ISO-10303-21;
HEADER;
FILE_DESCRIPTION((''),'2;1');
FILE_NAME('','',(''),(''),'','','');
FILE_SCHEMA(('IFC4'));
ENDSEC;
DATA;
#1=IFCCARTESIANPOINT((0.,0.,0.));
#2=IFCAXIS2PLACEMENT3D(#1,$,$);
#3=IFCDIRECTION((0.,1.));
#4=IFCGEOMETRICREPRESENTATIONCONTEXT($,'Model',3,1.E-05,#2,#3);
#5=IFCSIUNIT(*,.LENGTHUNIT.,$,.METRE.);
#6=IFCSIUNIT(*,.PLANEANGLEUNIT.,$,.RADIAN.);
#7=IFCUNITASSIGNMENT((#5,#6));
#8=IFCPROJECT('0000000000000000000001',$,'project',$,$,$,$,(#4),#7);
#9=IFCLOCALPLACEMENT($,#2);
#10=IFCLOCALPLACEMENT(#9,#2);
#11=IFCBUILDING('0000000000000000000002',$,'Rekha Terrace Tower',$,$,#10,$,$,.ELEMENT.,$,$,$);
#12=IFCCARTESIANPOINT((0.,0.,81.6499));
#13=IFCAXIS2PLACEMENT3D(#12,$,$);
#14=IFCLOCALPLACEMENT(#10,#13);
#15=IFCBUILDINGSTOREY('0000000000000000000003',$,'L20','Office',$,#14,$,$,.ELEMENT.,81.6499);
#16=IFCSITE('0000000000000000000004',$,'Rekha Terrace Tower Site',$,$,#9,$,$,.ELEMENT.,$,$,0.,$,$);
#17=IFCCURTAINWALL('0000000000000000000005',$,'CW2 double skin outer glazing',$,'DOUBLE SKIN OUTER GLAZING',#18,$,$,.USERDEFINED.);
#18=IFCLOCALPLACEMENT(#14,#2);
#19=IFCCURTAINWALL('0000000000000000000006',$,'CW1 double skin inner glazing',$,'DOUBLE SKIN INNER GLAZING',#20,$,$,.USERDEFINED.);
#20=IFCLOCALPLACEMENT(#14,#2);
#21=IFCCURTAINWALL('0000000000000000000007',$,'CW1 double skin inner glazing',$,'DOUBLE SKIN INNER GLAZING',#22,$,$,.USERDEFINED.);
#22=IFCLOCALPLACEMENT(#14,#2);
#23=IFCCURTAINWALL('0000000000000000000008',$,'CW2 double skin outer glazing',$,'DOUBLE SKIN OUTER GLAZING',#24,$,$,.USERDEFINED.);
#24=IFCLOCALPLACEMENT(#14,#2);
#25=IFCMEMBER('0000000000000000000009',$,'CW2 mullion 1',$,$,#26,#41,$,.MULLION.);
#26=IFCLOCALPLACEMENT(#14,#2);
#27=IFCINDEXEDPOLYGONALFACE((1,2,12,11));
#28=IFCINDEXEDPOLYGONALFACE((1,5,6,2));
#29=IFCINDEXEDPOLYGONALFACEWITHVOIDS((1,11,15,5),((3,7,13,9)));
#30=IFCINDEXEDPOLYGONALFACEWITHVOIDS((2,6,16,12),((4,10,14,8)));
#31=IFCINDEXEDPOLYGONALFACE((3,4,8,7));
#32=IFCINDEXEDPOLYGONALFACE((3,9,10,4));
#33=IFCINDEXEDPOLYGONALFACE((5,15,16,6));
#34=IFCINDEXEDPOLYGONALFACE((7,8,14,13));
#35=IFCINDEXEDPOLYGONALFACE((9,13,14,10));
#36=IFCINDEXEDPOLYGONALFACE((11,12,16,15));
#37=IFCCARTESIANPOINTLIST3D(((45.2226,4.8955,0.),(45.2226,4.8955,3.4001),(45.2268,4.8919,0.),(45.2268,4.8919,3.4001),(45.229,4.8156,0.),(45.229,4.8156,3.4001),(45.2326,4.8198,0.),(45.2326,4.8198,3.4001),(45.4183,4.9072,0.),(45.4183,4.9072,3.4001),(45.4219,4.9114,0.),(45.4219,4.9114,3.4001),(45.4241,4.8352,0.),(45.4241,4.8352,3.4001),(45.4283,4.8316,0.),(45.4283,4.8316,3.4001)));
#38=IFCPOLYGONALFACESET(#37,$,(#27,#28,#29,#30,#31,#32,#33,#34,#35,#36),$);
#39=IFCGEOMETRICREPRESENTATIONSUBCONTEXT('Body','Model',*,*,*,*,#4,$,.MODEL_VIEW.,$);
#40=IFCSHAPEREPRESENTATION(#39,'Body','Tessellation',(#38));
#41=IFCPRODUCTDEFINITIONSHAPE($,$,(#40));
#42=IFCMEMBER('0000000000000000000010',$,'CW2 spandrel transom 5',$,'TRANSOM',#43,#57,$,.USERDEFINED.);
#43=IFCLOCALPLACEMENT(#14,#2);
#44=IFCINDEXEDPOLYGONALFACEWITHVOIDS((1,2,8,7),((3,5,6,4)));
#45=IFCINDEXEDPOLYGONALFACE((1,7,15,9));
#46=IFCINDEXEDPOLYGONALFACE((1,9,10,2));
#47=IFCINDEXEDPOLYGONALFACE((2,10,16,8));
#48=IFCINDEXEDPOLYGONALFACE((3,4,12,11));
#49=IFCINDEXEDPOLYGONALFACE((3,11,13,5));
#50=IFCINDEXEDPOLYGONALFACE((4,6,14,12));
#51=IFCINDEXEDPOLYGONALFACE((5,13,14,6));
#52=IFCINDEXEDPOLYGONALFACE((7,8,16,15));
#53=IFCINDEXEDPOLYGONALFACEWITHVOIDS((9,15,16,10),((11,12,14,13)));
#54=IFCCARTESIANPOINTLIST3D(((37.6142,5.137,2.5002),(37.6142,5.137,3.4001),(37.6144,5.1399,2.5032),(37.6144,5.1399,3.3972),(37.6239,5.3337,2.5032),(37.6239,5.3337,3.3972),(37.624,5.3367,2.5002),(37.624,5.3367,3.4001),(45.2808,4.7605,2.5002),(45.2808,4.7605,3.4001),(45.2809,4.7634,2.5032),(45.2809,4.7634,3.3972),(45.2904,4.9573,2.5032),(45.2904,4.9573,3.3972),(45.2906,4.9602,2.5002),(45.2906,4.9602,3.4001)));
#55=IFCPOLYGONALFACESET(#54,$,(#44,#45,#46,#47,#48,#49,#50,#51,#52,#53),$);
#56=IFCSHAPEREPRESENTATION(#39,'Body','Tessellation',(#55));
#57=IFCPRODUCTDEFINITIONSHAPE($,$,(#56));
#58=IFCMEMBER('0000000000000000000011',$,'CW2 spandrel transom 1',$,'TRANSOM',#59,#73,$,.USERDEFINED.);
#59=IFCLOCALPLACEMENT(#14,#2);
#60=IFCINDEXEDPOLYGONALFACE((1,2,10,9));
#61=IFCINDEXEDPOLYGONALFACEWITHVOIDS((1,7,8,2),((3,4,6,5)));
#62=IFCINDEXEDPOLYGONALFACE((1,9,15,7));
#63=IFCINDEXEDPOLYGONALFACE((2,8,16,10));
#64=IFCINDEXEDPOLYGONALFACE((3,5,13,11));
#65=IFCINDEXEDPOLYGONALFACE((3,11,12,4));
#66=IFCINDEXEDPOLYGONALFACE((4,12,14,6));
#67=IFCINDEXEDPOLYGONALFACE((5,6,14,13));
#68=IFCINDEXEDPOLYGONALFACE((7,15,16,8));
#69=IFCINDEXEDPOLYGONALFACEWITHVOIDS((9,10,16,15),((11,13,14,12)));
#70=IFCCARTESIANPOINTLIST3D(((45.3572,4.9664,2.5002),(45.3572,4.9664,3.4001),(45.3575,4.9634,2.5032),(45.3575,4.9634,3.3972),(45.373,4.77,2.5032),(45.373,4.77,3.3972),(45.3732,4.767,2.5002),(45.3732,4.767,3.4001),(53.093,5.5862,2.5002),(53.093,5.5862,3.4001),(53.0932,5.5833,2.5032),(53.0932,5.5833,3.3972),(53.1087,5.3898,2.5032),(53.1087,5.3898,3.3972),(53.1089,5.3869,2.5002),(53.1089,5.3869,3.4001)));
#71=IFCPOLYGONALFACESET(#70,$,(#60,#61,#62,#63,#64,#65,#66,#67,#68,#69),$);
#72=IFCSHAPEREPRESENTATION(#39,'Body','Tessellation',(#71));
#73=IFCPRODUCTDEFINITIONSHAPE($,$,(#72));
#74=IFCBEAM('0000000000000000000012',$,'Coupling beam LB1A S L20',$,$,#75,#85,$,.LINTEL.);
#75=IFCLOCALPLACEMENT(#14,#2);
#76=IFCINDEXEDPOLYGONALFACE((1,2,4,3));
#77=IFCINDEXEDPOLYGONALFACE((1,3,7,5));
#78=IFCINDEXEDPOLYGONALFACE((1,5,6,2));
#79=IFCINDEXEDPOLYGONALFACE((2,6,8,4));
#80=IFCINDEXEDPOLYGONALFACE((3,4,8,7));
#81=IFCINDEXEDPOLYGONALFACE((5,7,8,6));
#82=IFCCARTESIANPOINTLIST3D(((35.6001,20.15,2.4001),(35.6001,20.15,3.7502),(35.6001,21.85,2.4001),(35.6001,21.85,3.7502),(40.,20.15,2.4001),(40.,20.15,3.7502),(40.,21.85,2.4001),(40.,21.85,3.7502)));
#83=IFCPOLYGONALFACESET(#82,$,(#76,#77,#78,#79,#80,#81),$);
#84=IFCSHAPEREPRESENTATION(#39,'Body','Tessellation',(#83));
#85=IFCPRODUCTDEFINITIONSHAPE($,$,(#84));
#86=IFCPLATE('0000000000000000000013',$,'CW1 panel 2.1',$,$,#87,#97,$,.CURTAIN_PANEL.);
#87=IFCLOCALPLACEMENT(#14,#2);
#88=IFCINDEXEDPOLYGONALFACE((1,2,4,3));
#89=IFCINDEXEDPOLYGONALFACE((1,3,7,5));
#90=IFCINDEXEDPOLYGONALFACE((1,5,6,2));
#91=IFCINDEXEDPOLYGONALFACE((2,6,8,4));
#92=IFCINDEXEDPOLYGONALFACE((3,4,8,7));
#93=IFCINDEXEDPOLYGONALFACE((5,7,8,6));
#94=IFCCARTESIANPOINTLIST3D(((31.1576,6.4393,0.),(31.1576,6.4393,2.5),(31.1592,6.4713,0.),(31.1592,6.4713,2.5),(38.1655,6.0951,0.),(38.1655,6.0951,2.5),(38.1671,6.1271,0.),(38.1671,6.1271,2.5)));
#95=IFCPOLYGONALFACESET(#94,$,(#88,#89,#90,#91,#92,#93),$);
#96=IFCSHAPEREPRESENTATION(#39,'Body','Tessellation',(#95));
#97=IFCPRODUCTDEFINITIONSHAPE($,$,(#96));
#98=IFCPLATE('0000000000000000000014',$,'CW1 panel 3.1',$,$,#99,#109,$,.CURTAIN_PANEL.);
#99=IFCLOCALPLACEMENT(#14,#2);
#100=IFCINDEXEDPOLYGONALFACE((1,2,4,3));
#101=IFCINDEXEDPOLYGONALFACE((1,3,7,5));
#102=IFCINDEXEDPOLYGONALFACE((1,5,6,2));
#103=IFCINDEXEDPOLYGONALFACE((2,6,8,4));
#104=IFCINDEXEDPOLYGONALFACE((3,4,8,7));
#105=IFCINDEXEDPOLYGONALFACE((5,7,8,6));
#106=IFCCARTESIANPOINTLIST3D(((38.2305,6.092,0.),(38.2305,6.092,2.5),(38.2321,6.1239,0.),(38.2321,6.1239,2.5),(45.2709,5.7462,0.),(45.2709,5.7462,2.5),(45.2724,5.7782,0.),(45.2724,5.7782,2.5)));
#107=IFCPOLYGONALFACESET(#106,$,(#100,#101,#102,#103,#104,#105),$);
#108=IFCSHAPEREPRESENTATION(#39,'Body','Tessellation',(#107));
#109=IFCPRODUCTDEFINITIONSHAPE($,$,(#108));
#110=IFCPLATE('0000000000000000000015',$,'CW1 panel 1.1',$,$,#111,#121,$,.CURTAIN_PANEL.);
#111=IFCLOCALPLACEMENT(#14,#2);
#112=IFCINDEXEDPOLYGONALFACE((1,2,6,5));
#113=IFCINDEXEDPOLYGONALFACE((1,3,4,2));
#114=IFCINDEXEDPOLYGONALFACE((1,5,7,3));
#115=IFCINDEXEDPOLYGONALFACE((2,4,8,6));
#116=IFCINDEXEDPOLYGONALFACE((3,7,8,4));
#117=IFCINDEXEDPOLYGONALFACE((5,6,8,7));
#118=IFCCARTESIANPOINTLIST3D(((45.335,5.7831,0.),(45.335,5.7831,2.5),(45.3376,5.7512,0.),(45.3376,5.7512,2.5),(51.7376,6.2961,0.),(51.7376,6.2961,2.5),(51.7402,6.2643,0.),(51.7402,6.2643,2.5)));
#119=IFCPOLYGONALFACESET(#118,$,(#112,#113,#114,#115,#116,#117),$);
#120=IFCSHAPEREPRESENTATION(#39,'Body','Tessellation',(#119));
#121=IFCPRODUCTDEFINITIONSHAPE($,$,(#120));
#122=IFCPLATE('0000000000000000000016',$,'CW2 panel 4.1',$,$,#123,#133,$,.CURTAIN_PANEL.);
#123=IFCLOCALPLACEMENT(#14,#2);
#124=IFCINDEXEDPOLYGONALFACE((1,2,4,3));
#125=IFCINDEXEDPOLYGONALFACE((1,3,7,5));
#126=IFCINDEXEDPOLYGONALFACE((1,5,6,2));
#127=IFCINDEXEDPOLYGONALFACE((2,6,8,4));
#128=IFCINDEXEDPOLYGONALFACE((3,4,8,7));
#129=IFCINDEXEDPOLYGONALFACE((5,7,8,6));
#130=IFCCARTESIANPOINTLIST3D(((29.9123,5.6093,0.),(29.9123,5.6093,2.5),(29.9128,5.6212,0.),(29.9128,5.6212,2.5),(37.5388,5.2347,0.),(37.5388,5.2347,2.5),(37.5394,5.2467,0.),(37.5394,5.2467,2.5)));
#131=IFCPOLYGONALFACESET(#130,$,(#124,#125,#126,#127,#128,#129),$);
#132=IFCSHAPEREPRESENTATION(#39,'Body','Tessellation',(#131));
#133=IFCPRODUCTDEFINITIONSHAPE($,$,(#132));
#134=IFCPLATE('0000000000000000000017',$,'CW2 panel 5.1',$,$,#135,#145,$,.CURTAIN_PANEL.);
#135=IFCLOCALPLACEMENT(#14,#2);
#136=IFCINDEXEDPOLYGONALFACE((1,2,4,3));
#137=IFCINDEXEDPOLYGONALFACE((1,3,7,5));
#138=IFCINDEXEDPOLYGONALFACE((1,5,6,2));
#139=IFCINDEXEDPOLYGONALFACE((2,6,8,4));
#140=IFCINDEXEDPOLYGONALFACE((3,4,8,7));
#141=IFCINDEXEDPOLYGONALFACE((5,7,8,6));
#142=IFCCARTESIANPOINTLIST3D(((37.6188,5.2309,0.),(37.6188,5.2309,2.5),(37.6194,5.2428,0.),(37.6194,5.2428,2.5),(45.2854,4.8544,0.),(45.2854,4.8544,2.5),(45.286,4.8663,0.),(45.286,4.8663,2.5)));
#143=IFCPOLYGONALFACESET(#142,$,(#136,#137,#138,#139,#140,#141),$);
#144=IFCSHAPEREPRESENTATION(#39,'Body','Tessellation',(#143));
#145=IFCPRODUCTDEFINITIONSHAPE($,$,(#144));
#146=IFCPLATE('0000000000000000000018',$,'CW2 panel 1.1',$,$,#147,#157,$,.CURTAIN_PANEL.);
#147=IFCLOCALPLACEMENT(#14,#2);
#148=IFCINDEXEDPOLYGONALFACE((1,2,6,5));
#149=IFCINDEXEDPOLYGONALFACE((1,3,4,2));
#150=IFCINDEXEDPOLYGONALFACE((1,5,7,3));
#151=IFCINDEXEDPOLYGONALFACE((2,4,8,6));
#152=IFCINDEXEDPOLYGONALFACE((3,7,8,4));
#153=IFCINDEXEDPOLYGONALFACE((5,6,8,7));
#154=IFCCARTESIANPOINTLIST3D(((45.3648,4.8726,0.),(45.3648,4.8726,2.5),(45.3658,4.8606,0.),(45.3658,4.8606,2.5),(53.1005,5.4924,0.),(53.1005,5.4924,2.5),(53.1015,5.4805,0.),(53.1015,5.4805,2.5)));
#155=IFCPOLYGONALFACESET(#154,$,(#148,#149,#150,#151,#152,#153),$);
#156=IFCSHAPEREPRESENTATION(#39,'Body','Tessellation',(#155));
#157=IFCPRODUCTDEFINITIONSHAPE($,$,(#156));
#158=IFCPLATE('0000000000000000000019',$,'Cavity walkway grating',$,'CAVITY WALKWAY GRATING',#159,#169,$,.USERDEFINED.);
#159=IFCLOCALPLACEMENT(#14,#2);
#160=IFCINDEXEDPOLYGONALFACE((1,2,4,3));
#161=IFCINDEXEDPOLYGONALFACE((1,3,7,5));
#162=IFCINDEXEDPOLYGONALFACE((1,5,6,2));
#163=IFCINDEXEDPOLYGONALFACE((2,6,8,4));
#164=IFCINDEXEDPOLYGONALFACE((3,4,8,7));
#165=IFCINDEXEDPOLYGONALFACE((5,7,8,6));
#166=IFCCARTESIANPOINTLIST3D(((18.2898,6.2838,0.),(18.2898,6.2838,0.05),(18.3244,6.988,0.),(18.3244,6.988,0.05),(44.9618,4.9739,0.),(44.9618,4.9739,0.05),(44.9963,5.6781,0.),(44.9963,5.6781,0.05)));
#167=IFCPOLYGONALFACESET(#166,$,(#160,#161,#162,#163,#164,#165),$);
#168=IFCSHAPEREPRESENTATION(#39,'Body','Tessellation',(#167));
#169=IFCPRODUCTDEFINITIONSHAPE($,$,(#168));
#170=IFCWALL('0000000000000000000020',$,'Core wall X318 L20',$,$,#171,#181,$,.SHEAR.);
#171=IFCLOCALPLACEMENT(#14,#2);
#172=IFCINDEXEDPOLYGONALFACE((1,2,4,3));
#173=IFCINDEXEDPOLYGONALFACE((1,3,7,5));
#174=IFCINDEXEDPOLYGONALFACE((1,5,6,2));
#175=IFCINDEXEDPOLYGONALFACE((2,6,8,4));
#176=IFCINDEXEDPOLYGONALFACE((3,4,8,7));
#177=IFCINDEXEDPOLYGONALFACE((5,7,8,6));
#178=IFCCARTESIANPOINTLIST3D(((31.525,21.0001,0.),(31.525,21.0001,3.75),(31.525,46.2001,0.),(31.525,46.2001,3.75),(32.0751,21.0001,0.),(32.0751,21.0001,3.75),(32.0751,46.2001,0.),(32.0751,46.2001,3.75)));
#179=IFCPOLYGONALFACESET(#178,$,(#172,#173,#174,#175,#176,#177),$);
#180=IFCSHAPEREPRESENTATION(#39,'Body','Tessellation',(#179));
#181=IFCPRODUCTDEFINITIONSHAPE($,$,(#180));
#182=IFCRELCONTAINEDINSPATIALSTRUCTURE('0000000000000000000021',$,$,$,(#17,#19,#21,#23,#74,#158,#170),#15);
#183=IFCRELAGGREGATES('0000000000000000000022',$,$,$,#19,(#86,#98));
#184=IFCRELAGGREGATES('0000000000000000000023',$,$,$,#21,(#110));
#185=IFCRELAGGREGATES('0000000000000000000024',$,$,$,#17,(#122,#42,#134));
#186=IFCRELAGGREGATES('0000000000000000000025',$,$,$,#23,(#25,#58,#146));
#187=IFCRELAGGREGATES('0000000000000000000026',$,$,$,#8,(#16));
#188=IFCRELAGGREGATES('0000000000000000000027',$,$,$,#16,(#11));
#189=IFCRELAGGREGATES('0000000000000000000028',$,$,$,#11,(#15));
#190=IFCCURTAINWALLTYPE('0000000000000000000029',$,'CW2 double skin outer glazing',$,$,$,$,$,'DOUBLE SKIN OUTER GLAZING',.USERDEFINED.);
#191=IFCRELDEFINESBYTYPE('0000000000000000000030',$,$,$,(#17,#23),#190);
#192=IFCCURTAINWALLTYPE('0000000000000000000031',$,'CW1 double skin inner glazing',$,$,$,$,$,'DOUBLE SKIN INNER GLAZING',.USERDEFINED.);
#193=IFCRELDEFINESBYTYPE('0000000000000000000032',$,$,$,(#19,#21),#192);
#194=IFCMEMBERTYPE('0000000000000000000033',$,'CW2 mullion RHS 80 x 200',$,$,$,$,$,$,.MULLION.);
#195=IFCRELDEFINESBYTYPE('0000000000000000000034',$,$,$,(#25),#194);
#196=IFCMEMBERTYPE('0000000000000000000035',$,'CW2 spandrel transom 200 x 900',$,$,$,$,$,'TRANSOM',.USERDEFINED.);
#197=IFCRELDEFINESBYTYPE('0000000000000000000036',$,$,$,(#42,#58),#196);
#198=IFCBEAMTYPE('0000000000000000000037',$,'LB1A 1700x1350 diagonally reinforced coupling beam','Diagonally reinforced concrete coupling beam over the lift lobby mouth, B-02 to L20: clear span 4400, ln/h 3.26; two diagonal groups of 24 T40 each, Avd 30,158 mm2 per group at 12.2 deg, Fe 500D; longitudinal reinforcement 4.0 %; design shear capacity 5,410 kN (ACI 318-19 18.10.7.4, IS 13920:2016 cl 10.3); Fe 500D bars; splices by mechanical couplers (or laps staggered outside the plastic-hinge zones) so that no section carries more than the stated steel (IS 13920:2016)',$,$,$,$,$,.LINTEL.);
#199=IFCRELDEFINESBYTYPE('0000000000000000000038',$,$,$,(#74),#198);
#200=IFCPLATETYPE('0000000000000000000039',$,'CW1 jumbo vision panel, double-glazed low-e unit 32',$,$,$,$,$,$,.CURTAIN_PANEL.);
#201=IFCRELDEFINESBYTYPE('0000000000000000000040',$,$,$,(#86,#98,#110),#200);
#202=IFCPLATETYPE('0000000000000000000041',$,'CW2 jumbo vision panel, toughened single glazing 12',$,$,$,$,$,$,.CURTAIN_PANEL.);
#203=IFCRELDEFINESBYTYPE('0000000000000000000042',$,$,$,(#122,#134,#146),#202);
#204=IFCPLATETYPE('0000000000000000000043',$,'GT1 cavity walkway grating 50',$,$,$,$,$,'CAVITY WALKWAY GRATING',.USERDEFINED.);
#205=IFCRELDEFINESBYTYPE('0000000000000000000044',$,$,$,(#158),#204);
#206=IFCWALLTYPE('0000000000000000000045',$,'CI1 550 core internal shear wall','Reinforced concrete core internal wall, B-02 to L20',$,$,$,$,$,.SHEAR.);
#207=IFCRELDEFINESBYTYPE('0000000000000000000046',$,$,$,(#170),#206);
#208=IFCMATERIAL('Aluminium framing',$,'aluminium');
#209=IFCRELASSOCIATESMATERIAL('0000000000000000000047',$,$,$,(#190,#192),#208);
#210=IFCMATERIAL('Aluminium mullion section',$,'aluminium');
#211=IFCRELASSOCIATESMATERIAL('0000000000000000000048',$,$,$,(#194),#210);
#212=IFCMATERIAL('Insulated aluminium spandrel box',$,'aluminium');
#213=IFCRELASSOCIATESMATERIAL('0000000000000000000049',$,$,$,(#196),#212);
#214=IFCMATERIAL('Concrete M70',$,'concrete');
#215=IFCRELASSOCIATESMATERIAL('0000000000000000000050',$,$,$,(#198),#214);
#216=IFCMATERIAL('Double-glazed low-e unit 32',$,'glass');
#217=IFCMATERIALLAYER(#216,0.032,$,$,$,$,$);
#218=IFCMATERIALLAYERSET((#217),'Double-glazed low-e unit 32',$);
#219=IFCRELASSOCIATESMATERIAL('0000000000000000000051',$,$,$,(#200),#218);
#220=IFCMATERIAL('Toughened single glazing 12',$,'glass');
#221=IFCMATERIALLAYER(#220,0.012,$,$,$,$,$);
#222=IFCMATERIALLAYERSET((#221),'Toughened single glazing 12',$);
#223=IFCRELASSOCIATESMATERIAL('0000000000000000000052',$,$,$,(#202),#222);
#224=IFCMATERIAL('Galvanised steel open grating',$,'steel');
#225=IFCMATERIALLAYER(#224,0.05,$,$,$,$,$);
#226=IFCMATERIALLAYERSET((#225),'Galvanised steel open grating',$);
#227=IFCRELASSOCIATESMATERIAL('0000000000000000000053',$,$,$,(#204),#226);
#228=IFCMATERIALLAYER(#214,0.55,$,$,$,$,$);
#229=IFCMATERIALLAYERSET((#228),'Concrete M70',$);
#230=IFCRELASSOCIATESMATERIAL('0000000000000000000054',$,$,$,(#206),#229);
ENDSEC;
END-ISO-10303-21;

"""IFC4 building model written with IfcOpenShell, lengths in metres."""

from ifc_helpers import new_model, si_unit, direction, frame, frame_2d, origin, origin_2d, place, context, subcontext, project, spatial, rectangle, hollow_rectangle, extrude, material, layer, layer_set, material_profile, profile_set, type_object, element, aggregate, save


model = new_model("IFC4")

# Units and contexts
model_context = context("Model", 3, precision=1e-05, world=origin(), true_north=direction((0.0, 1.0)))
body_context = subcontext(model_context, "Body", "Model", "MODEL_VIEW")
ifc_project = project(units=[si_unit("LENGTHUNIT", "METRE"), si_unit("PLANEANGLEUNIT", "RADIAN")], contexts=[model_context])

# Site, building, storey
site_placement = place(None, origin())
site = spatial("IfcSite", under=ifc_project, at=site_placement, Name="Rekha Terrace Tower Site", CompositionType="ELEMENT", RefElevation=0.0)
building_placement = place(site_placement, origin())
building = spatial("IfcBuilding", under=site, at=building_placement, Name="Rekha Terrace Tower", CompositionType="ELEMENT")
storey_placement = place(building_placement, frame((0.0, 0.0, 81.6499)))
storey = spatial("IfcBuildingStorey", under=building, at=storey_placement, Name="L20", Description="Office", CompositionType="ELEMENT", Elevation=81.6499)

# Shared definitions
ifc_material_1 = material(Name="Concrete M70", Category="concrete")

# Curtain walls
ifc_material_2 = material(Name="Aluminium framing", Category="aluminium")
curtain_wall_type_1 = type_object("IfcCurtainWallType", Name="CW2 double skin outer glazing", ElementType="DOUBLE SKIN OUTER GLAZING", PredefinedType="USERDEFINED", material=ifc_material_2)
curtain_wall_1_placement = place(storey_placement, origin())
curtain_wall_1 = element("IfcCurtainWall", 1, at=curtain_wall_1_placement, inside=storey, type_object=curtain_wall_type_1, Name="CW2 double skin outer glazing", ObjectType="DOUBLE SKIN OUTER GLAZING", PredefinedType="USERDEFINED")
curtain_wall_type_2 = type_object("IfcCurtainWallType", Name="CW1 double skin inner glazing", ElementType="DOUBLE SKIN INNER GLAZING", PredefinedType="USERDEFINED", material=ifc_material_2)
curtain_wall_2_placement = place(storey_placement, origin())
curtain_wall_2 = element("IfcCurtainWall", 2, at=curtain_wall_2_placement, inside=storey, type_object=curtain_wall_type_2, Name="CW1 double skin inner glazing", ObjectType="DOUBLE SKIN INNER GLAZING", PredefinedType="USERDEFINED")
ifc_material_3 = material(Name="Aluminium mullion section", Category="aluminium")
curtain_wall_3_placement = place(storey_placement, origin())
curtain_wall_3 = element("IfcCurtainWall", 3, at=curtain_wall_3_placement, inside=storey, type_object=curtain_wall_type_2, Name="CW1 double skin inner glazing", ObjectType="DOUBLE SKIN INNER GLAZING", PredefinedType="USERDEFINED")

# Shared definitions
ifc_material_4 = material(Name="Insulated aluminium spandrel box", Category="aluminium")
ifc_material_profile_1 = material_profile(ifc_material_3, hollow_rectangle(XDim=0.0801, YDim=0.2, WallThickness=0.0039, at=origin_2d()), Name="AL RHS 80x200")
ifc_profile_set_1 = profile_set([ifc_material_profile_1], Name="Aluminium mullion section")
member_type_1 = type_object("IfcMemberType", Name="CW2 mullion RHS 80 x 200", PredefinedType="MULLION", material=ifc_profile_set_1)

# Curtain wall, member
curtain_wall_4_placement = place(storey_placement, origin())
curtain_wall_4 = element("IfcCurtainWall", 4, at=curtain_wall_4_placement, inside=storey, type_object=curtain_wall_type_1, Name="CW2 double skin outer glazing", ObjectType="DOUBLE SKIN OUTER GLAZING", PredefinedType="USERDEFINED")
member_1_placement = place(storey_placement, frame((45.3254, 4.8635, 0.0), z_axis=(0.0, 0.0, 1.0), x_axis=(-0.079872, 0.996805, 0.0)))
member_1 = element("IfcMember", 5, at=member_1_placement, type_object=member_type_1, Name="CW2 mullion 1", PredefinedType="MULLION", context=body_context, shape_type="SweptSolid", body=[
    extrude(hollow_rectangle(XDim=0.0801, YDim=0.2, WallThickness=0.0039, at=origin_2d()), origin(), (0.0, 0.0, 1.0), 3.4001),
])

# Members
ifc_material_profile_2 = material_profile(ifc_material_4, hollow_rectangle(XDim=0.2, YDim=0.8999, WallThickness=0.0029, at=origin_2d()), Name="AL SPANDREL BOX 200x900")
ifc_profile_set_2 = profile_set([ifc_material_profile_2], Name="Insulated aluminium spandrel box")
member_type_2 = type_object("IfcMemberType", Name="CW2 spandrel transom 200 x 900", ElementType="TRANSOM", PredefinedType="USERDEFINED", material=ifc_profile_set_2)
member_2_placement = place(storey_placement, frame((37.6191, 5.2368, 2.9502), z_axis=(0.998797, -0.049046, 0.0), x_axis=(0.049046, 0.998797, 0.0)))
member_2 = element("IfcMember", 6, at=member_2_placement, type_object=member_type_2, Name="CW2 spandrel transom 5", ObjectType="TRANSOM", PredefinedType="USERDEFINED", context=body_context, shape_type="SweptSolid", body=[
    extrude(hollow_rectangle(XDim=0.2, YDim=0.8999, WallThickness=0.0029, at=origin_2d()), origin(), (0.0, 0.0, 1.0), 7.6758),
])
member_3_placement = place(storey_placement, frame((45.3652, 4.8667, 2.9502), z_axis=(0.996805, 0.079877, 0.0), x_axis=(-0.079877, 0.996805, 0.0)))
member_3 = element("IfcMember", 7, at=member_3_placement, type_object=member_type_2, Name="CW2 spandrel transom 1", ObjectType="TRANSOM", PredefinedType="USERDEFINED", context=body_context, shape_type="SweptSolid", body=[
    extrude(hollow_rectangle(XDim=0.2, YDim=0.8999, WallThickness=0.0029, at=origin_2d()), origin(), (0.0, 0.0, 1.0), 7.7605),
])

# Beam
ifc_material_profile_3 = material_profile(ifc_material_1, rectangle(XDim=1.7, YDim=1.3501, at=origin_2d()), Name="RC 1700x1350")
ifc_profile_set_3 = profile_set([ifc_material_profile_3], Name="Concrete M70")
beam_type = type_object("IfcBeamType", Name="LB1A 1700x1350 diagonally reinforced coupling beam", Description="Diagonally reinforced concrete coupling beam over the lift lobby mouth, B-02 to L20: clear span 4400, ln/h 3.26; two diagonal groups of 24 T40 each, Avd 30,158 mm2 per group at 12.2 deg, Fe 500D; longitudinal reinforcement 4.0 %; design shear capacity 5,410 kN (ACI 318-19 18.10.7.4, IS 13920:2016 cl 10.3); Fe 500D bars; splices by mechanical couplers (or laps staggered outside the plastic-hinge zones) so that no section carries more than the stated steel (IS 13920:2016)", PredefinedType="LINTEL", material=ifc_profile_set_3)
beam_placement = place(storey_placement, frame((35.6001, 21.0, 3.0752), z_axis=(1.0, 0.0, 0.0), x_axis=(0.0, 1.0, 0.0)))
element("IfcBeam", 8, at=beam_placement, inside=storey, type_object=beam_type, Name="Coupling beam LB1A S L20", PredefinedType="LINTEL", context=body_context, shape_type="SweptSolid", body=[
    extrude(rectangle(XDim=1.7, YDim=1.3501, at=origin_2d()), origin(), (0.0, 0.0, 1.0), 4.3999),
])

# Plates
ifc_material_5 = material(Name="Double-glazed low-e unit 32", Category="glass")
ifc_layer_1 = layer(ifc_material_5, 0.032)
ifc_layer_set_1 = layer_set([ifc_layer_1], Name="Double-glazed low-e unit 32")
plate_type_1 = type_object("IfcPlateType", Name="CW1 jumbo vision panel, double-glazed low-e unit 32", PredefinedType="CURTAIN_PANEL", material=ifc_layer_set_1)
plate_1_placement = place(storey_placement, frame((34.6624, 6.2832, 0.0), z_axis=(0.0, 0.0, 1.0), x_axis=(0.998796, -0.049052, 0.0)))
plate_1 = element("IfcPlate", 9, at=plate_1_placement, type_object=plate_type_1, Name="CW1 panel 2.1", PredefinedType="CURTAIN_PANEL", context=body_context, shape_type="SweptSolid", body=[
    extrude(rectangle(XDim=7.0164, YDim=0.032, at=origin_2d()), origin(), (0.0, 0.0, 1.0), 2.5),
])
plate_2_placement = place(storey_placement, frame((41.7515, 5.9351, 0.0), z_axis=(0.0, 0.0, 1.0), x_axis=(0.998796, -0.049052, 0.0)))
plate_2 = element("IfcPlate", 10, at=plate_2_placement, type_object=plate_type_1, Name="CW1 panel 3.1", PredefinedType="CURTAIN_PANEL", context=body_context, shape_type="SweptSolid", body=[
    extrude(rectangle(XDim=7.0488, YDim=0.032, at=origin_2d()), origin(), (0.0, 0.0, 1.0), 2.5),
])
aggregate(curtain_wall_2, [plate_1, plate_2])
plate_3_placement = place(storey_placement, frame((48.5376, 6.0237, 0.0), z_axis=(0.0, 0.0, 1.0), x_axis=(0.996805, 0.079872, 0.0)))
plate_3 = element("IfcPlate", 11, at=plate_3_placement, type_object=plate_type_1, Name="CW1 panel 1.1", PredefinedType="CURTAIN_PANEL", context=body_context, shape_type="SweptSolid", body=[
    extrude(rectangle(XDim=6.4231, YDim=0.032, at=origin_2d()), origin(), (0.0, 0.0, 1.0), 2.5),
])
aggregate(curtain_wall_3, [plate_3])
ifc_material_6 = material(Name="Toughened single glazing 12", Category="glass")
ifc_layer_2 = layer(ifc_material_6, 0.012)
ifc_layer_set_2 = layer_set([ifc_layer_2], Name="Toughened single glazing 12")
plate_type_2 = type_object("IfcPlateType", Name="CW2 jumbo vision panel, toughened single glazing 12", PredefinedType="CURTAIN_PANEL", material=ifc_layer_set_2)
plate_4_placement = place(storey_placement, frame((33.7258, 5.428, 0.0), z_axis=(0.0, 0.0, 1.0), x_axis=(0.998796, -0.049052, 0.0)))
plate_4 = element("IfcPlate", 12, at=plate_4_placement, type_object=plate_type_2, Name="CW2 panel 4.1", PredefinedType="CURTAIN_PANEL", context=body_context, shape_type="SweptSolid", body=[
    extrude(rectangle(XDim=7.6357, YDim=0.012, at=origin_2d()), origin(), (0.0, 0.0, 1.0), 2.5),
])
plate_5_placement = place(storey_placement, frame((41.4524, 5.0486, 0.0), z_axis=(0.0, 0.0, 1.0), x_axis=(0.998796, -0.049052, 0.0)))
plate_5 = element("IfcPlate", 13, at=plate_5_placement, type_object=plate_type_2, Name="CW2 panel 5.1", PredefinedType="CURTAIN_PANEL", context=body_context, shape_type="SweptSolid", body=[
    extrude(rectangle(XDim=7.6758, YDim=0.012, at=origin_2d()), origin(), (0.0, 0.0, 1.0), 2.5),
])
aggregate(curtain_wall_1, [plate_4, member_2, plate_5])
plate_6_placement = place(storey_placement, frame((49.2332, 5.1765, 0.0), z_axis=(0.0, 0.0, 1.0), x_axis=(0.996805, 0.079872, 0.0)))
plate_6 = element("IfcPlate", 14, at=plate_6_placement, type_object=plate_type_2, Name="CW2 panel 1.1", PredefinedType="CURTAIN_PANEL", context=body_context, shape_type="SweptSolid", body=[
    extrude(rectangle(XDim=7.7605, YDim=0.012, at=origin_2d()), origin(), (0.0, 0.0, 1.0), 2.5),
])
aggregate(curtain_wall_4, [member_1, member_3, plate_6])
ifc_material_7 = material(Name="Galvanised steel open grating", Category="steel")
ifc_layer_3 = layer(ifc_material_7, 0.05)
ifc_layer_set_3 = layer_set([ifc_layer_3], Name="Galvanised steel open grating")
plate_type_3 = type_object("IfcPlateType", Name="GT1 cavity walkway grating 50", ElementType="CAVITY WALKWAY GRATING", PredefinedType="USERDEFINED", material=ifc_layer_set_3)
plate_7_placement = place(storey_placement, frame((31.6431, 5.981, 0.0), z_axis=(0.0, 0.0, 1.0), x_axis=(0.998796, -0.049052, 0.0)))
element("IfcPlate", 15, at=plate_7_placement, inside=storey, type_object=plate_type_3, Name="Cavity walkway grating", ObjectType="CAVITY WALKWAY GRATING", PredefinedType="USERDEFINED", context=body_context, shape_type="SweptSolid", body=[
    extrude(rectangle(XDim=26.7041, YDim=0.7051, at=origin_2d()), origin(), (0.0, 0.0, 1.0), 0.05),
])

# Wall
ifc_layer_4 = layer(ifc_material_1, 0.55)
ifc_layer_set_4 = layer_set([ifc_layer_4], Name="Concrete M70")
wall_type_1 = type_object("IfcWallType", Name="CI1 550 core internal shear wall", Description="Reinforced concrete core internal wall, B-02 to L20", PredefinedType="SHEAR", material=ifc_layer_set_4)
wall_1_placement = place(storey_placement, frame((31.8, 21.0, 0.0), z_axis=(0.0, 0.0, 1.0), x_axis=(0.0, 1.0, 0.0)))
element("IfcWall", 16, at=wall_1_placement, inside=storey, type_object=wall_type_1, Name="Core wall X318 L20", PredefinedType="SHEAR", context=body_context, shape_type="SweptSolid", body=[
    extrude(rectangle(XDim=25.2, YDim=0.55, at=frame_2d((12.6001, 0.0))), origin(), (0.0, 0.0, 1.0), 3.75),
])

save(model, "model.ifc")
